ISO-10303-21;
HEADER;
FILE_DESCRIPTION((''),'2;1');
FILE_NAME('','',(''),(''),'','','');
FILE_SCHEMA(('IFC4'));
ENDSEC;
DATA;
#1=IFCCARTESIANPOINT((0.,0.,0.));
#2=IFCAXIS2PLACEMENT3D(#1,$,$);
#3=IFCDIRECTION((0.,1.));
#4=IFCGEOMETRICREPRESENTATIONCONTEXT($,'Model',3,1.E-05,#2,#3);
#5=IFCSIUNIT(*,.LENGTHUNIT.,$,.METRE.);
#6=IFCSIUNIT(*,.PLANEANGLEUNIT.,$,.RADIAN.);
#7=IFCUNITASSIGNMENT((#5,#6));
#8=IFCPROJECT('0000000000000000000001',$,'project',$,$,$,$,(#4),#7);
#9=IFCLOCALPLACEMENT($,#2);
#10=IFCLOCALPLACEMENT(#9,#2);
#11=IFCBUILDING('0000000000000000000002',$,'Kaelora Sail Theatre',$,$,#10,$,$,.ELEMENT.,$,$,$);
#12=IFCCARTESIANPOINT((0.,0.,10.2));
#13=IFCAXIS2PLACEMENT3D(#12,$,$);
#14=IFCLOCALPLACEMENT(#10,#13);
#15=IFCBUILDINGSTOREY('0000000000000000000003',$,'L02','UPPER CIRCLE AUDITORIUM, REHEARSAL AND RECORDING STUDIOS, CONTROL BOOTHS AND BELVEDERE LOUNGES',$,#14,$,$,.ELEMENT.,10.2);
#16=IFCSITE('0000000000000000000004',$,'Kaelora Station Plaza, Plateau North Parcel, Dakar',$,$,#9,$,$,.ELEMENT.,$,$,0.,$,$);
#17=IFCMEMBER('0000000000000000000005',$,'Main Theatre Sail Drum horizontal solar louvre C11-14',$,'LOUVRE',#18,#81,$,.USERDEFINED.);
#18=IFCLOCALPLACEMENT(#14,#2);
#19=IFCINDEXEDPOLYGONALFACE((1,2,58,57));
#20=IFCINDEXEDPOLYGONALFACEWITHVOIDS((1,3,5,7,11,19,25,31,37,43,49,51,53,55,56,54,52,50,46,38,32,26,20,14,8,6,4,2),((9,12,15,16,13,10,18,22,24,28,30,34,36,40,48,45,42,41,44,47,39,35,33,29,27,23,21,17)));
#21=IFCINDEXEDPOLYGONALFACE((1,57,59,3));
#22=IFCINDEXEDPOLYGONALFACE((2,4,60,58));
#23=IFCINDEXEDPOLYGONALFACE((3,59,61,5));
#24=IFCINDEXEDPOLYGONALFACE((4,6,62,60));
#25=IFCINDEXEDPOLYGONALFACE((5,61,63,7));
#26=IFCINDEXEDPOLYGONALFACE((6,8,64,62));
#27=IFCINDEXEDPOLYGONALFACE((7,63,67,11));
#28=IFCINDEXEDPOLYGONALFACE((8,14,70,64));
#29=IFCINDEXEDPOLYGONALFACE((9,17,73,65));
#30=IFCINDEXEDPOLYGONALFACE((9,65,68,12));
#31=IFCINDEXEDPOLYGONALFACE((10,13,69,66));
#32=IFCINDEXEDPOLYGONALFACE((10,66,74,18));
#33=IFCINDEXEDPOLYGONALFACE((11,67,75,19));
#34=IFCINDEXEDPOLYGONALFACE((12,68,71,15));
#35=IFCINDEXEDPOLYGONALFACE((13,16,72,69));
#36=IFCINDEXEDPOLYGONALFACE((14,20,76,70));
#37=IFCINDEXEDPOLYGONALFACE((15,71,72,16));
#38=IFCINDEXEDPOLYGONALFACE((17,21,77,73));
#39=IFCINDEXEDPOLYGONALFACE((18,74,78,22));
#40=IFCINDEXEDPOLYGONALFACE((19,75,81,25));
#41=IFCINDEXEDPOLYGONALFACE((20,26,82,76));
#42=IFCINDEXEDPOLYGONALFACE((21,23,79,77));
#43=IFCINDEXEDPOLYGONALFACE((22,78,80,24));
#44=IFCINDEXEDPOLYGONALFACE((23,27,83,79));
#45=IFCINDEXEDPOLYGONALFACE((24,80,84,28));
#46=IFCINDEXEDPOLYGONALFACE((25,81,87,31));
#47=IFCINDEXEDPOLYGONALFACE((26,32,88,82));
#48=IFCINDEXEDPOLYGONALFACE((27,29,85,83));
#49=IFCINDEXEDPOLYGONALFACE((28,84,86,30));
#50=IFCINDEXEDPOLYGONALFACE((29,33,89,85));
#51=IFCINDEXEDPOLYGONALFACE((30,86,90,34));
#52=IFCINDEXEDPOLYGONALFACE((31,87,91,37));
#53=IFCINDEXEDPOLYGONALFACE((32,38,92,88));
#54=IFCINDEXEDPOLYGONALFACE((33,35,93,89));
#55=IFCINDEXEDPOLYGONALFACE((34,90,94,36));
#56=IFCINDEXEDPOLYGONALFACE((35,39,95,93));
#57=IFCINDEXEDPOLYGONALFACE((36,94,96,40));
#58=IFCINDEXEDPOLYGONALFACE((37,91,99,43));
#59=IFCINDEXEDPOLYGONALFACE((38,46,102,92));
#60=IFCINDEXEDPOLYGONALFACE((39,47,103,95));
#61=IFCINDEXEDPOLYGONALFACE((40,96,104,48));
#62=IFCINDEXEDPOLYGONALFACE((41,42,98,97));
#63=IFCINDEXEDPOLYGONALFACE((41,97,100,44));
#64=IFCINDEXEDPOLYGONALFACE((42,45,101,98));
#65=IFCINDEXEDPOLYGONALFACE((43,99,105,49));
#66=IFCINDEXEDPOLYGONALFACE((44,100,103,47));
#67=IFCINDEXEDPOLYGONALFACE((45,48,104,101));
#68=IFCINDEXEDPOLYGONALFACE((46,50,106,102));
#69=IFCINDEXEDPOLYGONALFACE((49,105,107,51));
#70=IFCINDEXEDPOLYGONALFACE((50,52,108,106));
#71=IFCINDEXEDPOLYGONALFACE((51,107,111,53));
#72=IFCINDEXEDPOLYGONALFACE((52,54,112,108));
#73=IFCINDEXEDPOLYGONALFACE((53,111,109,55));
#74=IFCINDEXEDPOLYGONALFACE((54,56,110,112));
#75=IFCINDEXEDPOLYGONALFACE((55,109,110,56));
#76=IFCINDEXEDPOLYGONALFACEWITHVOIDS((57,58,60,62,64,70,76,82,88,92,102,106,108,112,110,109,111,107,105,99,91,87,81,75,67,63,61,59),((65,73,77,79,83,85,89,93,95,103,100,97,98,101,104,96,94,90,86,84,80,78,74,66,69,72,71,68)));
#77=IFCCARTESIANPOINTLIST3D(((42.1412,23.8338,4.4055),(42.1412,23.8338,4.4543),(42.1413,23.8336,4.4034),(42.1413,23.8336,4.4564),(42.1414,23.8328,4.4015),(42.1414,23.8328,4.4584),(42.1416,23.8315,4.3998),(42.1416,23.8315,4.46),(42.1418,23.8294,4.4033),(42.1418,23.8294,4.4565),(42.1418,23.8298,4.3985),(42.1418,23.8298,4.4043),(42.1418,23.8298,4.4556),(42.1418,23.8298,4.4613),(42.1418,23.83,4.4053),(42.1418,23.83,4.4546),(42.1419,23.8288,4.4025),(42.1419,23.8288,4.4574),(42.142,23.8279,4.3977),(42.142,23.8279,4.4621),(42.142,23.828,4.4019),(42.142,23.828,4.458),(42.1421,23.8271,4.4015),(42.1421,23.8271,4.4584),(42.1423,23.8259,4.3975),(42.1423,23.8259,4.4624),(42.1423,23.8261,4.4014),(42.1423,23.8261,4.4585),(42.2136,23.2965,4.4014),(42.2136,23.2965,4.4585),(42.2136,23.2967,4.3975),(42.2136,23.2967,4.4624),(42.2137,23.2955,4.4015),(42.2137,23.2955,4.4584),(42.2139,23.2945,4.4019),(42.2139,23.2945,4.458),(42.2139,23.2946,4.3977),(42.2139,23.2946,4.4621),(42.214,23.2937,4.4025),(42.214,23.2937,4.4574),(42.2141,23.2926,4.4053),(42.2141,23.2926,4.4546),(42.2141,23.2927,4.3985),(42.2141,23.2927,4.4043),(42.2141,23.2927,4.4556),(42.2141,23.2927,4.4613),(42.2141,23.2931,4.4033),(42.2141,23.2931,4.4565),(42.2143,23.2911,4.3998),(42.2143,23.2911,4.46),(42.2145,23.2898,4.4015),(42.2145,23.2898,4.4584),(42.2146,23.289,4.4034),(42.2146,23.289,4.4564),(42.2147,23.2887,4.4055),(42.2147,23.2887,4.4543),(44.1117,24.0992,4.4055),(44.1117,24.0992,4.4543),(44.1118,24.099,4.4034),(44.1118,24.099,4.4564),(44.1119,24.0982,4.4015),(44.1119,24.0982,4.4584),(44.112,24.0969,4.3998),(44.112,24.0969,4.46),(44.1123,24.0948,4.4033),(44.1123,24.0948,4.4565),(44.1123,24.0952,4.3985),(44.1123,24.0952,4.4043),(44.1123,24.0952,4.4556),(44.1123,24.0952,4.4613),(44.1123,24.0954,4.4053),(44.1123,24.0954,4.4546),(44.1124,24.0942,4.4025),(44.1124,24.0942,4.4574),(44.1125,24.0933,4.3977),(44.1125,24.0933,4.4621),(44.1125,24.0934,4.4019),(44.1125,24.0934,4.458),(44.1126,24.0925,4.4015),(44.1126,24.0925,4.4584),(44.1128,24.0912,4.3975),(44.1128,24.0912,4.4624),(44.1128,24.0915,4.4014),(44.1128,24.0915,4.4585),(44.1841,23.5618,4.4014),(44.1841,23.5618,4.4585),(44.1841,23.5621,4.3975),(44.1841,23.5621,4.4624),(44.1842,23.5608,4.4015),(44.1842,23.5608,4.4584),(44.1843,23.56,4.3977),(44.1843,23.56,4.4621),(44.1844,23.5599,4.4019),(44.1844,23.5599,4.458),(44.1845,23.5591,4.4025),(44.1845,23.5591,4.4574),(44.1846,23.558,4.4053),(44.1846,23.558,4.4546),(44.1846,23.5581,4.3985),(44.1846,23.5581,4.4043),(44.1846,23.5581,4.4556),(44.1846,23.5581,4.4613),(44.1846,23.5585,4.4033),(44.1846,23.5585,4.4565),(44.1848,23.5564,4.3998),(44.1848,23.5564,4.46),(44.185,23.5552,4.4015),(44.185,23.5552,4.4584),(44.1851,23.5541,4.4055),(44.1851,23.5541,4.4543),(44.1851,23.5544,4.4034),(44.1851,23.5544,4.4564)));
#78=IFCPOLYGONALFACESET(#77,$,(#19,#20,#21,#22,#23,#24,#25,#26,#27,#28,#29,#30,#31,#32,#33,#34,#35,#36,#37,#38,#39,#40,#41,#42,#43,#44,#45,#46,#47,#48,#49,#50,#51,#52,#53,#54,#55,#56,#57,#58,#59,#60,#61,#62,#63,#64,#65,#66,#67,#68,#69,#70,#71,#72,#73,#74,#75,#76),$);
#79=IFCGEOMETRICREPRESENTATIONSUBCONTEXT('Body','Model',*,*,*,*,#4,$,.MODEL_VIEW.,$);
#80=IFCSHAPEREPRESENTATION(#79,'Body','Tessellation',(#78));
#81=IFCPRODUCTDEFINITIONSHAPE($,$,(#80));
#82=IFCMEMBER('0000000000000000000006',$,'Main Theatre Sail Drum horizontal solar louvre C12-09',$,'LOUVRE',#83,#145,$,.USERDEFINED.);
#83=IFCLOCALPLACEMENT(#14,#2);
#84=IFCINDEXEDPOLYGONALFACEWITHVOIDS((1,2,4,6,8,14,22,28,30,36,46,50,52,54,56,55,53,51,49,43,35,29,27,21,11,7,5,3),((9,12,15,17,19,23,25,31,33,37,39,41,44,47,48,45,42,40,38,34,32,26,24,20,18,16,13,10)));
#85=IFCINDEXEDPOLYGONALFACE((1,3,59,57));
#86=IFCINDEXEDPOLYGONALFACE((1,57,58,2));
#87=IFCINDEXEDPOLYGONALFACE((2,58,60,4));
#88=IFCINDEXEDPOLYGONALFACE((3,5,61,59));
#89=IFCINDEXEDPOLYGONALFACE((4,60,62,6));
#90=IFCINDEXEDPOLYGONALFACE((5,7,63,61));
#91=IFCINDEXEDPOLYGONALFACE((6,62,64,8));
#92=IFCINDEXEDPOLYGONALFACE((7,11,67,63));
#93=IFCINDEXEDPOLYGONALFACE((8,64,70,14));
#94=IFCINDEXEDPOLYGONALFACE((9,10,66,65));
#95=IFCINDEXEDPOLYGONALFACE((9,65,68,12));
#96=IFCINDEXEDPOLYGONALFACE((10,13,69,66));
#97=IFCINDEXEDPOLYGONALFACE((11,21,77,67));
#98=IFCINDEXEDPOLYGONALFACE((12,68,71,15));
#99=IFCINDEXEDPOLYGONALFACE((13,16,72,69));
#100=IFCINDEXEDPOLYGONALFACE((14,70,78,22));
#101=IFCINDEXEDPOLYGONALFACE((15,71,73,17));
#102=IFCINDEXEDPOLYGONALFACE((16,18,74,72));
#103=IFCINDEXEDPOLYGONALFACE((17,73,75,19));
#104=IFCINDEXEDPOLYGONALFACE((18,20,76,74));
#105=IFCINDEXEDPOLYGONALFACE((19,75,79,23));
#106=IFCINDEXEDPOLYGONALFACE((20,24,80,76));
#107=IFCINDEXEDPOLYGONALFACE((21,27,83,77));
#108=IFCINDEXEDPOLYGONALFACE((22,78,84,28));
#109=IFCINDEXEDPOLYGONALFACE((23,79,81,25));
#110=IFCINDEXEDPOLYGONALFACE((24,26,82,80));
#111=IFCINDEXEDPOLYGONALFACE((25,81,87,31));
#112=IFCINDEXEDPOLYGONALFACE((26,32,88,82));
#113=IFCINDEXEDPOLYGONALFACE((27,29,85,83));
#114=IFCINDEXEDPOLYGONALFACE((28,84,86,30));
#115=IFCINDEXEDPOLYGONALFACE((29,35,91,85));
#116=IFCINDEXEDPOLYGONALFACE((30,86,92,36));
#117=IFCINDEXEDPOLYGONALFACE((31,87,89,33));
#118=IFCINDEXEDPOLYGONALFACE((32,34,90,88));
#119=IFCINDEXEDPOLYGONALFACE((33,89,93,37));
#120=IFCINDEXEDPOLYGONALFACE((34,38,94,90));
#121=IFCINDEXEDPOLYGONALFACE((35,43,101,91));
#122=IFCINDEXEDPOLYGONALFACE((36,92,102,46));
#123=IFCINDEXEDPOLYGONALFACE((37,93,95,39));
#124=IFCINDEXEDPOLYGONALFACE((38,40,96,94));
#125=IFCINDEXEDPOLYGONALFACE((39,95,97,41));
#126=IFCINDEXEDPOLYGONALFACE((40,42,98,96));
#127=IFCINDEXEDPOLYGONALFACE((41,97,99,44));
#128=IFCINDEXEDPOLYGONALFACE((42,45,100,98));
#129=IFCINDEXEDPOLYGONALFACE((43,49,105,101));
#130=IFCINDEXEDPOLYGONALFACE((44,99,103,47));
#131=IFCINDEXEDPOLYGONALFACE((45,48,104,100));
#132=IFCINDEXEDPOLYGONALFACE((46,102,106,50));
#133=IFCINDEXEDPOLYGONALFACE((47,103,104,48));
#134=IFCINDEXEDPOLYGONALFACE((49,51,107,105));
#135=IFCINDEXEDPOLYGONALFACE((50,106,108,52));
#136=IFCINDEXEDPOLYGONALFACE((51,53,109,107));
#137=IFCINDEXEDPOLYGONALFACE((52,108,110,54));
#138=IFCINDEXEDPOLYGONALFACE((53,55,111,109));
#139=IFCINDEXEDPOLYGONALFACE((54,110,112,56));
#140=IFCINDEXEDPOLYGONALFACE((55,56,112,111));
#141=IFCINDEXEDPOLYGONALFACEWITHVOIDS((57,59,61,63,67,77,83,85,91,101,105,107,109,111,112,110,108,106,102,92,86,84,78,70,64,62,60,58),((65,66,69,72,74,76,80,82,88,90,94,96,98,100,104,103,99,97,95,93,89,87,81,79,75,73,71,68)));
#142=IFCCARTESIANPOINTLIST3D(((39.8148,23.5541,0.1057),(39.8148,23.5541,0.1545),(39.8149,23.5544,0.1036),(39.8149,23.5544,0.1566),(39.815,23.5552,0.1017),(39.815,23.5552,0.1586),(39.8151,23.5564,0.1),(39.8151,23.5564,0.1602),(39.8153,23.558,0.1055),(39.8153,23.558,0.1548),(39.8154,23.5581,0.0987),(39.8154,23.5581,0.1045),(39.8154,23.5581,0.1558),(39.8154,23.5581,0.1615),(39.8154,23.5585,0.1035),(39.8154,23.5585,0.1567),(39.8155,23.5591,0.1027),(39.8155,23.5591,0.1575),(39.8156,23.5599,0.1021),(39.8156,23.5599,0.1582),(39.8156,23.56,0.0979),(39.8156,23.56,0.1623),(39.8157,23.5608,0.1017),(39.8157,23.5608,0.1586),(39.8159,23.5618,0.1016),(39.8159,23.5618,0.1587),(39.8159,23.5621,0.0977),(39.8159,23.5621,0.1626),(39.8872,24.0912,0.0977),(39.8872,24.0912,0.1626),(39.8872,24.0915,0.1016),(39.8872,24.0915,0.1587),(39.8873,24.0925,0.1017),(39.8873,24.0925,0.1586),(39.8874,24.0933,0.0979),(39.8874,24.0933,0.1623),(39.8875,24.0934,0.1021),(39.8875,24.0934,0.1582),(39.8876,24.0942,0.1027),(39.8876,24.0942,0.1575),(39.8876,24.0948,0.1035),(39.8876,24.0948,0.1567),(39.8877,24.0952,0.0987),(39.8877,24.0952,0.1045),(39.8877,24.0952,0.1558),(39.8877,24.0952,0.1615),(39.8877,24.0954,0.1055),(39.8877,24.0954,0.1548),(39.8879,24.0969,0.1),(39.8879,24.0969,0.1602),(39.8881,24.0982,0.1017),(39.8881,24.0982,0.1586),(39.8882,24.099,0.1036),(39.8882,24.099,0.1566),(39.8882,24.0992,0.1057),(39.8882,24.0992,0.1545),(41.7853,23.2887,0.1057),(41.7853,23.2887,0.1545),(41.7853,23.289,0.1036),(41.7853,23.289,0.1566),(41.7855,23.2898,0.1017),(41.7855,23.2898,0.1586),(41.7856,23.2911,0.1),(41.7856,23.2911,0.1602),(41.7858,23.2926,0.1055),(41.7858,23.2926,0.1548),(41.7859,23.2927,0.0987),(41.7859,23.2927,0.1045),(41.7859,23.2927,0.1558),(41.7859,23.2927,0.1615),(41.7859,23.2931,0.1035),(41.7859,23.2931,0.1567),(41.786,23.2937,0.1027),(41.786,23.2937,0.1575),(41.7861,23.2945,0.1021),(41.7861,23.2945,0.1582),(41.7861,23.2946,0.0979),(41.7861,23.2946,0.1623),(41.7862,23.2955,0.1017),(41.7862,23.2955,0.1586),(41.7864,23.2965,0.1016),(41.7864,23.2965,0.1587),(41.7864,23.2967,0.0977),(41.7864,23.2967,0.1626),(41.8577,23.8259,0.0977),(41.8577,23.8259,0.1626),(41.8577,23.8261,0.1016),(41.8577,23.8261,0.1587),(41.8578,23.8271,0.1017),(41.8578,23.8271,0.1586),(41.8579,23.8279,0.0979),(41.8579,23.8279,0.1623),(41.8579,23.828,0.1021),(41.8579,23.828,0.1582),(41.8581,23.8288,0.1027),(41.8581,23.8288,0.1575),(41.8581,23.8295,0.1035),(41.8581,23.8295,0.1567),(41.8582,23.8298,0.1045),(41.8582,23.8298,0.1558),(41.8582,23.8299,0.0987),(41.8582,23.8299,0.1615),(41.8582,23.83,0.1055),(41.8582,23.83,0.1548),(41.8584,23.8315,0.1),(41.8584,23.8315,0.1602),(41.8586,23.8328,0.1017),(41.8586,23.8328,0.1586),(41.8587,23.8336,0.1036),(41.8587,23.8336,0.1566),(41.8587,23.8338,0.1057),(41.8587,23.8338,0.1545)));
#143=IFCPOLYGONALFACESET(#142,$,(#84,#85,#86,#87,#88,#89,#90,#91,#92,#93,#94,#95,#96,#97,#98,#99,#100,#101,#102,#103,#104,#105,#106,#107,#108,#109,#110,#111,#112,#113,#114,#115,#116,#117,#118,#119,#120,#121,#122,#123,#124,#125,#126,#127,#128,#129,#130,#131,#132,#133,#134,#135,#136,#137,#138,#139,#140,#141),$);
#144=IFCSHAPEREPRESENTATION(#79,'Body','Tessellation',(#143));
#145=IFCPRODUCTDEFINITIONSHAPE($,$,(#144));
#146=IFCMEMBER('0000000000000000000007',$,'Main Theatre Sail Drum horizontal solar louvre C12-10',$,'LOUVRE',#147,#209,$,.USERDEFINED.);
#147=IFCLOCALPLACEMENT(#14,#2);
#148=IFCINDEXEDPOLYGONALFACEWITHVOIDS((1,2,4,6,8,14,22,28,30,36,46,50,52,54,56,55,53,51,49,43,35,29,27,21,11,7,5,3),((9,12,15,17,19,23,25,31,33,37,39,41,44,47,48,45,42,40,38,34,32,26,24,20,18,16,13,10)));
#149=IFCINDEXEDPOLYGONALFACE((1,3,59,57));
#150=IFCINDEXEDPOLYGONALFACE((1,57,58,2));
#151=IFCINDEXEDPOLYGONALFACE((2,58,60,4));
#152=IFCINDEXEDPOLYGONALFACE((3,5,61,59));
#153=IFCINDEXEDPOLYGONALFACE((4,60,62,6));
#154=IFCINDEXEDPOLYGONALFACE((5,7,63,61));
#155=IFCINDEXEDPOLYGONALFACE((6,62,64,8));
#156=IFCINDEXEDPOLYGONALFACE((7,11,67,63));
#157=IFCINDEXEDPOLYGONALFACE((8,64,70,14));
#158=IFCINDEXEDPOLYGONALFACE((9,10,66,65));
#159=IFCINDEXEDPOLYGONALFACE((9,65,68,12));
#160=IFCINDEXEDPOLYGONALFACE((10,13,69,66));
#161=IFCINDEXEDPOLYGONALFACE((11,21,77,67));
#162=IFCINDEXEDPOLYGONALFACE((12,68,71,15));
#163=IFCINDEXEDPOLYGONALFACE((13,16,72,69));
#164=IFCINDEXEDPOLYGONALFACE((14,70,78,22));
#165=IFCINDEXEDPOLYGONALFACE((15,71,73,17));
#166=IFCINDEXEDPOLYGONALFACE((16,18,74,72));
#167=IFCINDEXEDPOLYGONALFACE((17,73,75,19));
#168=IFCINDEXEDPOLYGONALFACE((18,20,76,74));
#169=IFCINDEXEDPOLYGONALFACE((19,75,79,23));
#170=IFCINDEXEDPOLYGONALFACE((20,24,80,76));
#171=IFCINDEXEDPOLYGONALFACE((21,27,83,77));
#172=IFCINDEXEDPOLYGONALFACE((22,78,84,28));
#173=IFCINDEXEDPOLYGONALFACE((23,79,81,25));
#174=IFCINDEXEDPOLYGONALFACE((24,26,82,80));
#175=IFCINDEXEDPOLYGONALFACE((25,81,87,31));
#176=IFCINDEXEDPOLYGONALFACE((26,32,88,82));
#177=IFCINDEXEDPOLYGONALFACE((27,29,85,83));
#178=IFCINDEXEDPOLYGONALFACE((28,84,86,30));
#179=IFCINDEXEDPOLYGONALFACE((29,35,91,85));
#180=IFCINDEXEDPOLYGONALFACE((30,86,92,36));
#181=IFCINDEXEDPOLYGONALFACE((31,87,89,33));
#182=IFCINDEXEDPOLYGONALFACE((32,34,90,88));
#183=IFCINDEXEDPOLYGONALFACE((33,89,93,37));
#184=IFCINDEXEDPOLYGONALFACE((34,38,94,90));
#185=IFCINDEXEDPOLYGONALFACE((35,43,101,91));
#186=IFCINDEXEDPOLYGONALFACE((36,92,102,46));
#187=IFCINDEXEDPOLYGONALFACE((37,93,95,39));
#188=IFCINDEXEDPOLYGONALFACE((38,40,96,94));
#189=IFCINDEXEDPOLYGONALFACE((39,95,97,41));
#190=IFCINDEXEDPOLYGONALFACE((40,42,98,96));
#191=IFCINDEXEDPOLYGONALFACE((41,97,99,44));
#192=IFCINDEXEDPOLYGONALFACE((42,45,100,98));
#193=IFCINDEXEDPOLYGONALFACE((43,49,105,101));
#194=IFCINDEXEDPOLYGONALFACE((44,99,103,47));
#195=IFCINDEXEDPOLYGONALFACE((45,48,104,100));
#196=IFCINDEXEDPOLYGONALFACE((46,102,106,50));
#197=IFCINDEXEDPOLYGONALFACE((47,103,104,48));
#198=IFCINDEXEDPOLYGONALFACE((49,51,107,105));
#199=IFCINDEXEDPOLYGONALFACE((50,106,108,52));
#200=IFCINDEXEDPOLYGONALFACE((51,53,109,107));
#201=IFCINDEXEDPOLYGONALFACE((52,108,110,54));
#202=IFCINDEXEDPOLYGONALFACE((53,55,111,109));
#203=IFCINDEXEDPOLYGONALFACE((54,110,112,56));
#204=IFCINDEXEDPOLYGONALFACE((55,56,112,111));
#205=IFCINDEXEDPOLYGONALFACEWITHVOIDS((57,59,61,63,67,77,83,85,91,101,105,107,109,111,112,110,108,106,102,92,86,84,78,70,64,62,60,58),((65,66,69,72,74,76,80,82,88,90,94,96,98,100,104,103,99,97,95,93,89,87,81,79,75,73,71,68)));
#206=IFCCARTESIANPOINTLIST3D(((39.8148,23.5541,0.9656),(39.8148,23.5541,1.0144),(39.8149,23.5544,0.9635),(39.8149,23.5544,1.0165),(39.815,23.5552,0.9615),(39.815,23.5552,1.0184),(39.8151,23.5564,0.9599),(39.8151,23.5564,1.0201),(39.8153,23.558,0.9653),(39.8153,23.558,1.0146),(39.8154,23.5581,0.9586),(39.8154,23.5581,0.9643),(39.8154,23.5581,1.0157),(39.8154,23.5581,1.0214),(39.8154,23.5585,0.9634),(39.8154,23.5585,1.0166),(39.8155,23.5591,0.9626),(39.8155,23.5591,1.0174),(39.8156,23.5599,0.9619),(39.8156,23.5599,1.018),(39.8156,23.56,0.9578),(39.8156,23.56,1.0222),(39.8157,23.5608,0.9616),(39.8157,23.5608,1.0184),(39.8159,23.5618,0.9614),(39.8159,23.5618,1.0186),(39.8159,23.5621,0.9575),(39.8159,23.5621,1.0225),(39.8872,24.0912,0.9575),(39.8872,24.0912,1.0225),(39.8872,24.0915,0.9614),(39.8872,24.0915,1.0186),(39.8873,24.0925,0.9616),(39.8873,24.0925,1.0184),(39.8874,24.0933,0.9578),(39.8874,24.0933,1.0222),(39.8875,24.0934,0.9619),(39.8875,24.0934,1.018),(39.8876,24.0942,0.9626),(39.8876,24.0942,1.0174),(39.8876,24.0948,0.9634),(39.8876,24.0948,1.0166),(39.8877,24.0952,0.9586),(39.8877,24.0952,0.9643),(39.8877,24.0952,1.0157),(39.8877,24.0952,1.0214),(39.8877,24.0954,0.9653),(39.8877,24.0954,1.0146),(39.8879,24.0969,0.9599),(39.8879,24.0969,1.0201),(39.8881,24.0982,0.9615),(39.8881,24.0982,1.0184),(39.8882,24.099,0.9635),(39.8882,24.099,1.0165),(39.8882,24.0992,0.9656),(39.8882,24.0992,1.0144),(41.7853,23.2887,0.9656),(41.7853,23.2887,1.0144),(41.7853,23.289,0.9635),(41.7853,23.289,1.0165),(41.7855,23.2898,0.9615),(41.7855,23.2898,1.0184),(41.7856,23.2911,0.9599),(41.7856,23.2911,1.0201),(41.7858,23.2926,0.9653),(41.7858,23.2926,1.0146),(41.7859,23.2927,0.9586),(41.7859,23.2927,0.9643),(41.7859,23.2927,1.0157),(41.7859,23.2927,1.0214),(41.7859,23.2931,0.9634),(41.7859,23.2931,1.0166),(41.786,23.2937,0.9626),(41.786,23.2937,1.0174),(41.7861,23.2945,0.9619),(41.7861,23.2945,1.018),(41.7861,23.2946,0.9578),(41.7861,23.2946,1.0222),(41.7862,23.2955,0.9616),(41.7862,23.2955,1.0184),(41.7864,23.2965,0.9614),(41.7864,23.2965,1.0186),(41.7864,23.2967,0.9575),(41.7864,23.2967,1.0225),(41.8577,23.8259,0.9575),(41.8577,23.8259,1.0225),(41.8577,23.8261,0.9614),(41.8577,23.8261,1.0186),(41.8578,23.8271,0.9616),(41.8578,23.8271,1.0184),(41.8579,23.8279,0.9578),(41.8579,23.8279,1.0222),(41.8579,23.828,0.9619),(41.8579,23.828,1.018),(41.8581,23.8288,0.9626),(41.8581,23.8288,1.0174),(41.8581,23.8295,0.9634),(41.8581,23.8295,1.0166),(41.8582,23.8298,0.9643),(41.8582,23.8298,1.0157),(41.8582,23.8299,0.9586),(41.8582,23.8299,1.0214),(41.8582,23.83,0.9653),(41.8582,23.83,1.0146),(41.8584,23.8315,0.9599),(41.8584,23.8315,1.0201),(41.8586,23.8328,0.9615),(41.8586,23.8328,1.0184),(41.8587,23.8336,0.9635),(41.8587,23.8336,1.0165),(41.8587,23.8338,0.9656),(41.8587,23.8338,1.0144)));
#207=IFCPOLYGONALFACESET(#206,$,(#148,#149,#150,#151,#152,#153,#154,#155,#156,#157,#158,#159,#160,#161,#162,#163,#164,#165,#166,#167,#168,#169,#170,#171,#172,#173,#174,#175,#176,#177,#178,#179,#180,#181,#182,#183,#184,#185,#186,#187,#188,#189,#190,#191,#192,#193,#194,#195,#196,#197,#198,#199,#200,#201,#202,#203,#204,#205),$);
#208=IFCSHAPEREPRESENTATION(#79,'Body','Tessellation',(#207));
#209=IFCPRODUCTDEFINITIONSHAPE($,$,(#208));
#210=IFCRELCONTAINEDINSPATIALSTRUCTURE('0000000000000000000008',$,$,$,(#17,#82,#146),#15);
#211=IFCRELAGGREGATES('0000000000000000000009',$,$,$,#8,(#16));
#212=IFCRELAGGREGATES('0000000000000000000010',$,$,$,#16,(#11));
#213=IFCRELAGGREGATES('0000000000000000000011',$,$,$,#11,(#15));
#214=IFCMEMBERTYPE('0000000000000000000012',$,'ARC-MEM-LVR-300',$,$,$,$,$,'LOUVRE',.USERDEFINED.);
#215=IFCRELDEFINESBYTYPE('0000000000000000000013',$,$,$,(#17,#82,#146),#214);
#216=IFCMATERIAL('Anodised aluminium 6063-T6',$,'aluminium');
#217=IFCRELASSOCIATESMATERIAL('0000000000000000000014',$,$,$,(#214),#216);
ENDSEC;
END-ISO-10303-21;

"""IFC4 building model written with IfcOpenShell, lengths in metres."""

from ifc_helpers import new_model, si_unit, direction, frame, origin, origin_2d, place, context, subcontext, project, spatial, hollow_rectangle, extrude, material, material_profile, profile_set, type_object, element, save


model = new_model("IFC4")

# Units and contexts
model_context = context("Model", 3, precision=1e-05, world=origin(), true_north=direction((0.0, 1.0)))
body_context = subcontext(model_context, "Body", "Model", "MODEL_VIEW")
ifc_project = project(units=[si_unit("LENGTHUNIT", "METRE"), si_unit("PLANEANGLEUNIT", "RADIAN")], contexts=[model_context])

# Site, building, storey
site_placement = place(None, origin())
site = spatial("IfcSite", under=ifc_project, at=site_placement, Name="Kaelora Station Plaza, Plateau North Parcel, Dakar", CompositionType="ELEMENT", RefElevation=0.0)
building_placement = place(site_placement, origin())
building = spatial("IfcBuilding", under=site, at=building_placement, Name="Kaelora Sail Theatre", CompositionType="ELEMENT")
storey_placement = place(building_placement, frame((0.0, 0.0, 10.2)))
storey = spatial("IfcBuildingStorey", under=building, at=storey_placement, Name="L02", Description="UPPER CIRCLE AUDITORIUM, REHEARSAL AND RECORDING STUDIOS, CONTROL BOOTHS AND BELVEDERE LOUNGES", CompositionType="ELEMENT", Elevation=10.2)

# Members
ifc_material_1 = material(Name="Anodised aluminium 6063-T6", Category="aluminium")
ifc_material_profile_1 = material_profile(ifc_material_1, hollow_rectangle(XDim=0.55, YDim=0.0649, WallThickness=0.0039, InnerFilletRadius=0.0039, OuterFilletRadius=0.0081, at=origin_2d()), Name="LOUVRE 550x65x4")
ifc_profile_set_1 = profile_set([ifc_material_profile_1], Name="Anodised aluminium 6063-T6")
member_type = type_object("IfcMemberType", Name="ARC-MEM-LVR-300", ElementType="LOUVRE", PredefinedType="USERDEFINED", material=ifc_profile_set_1)
for number, where, z_axis, x_axis, name in (
    (1, (44.1484, 23.8267, 4.4299), (-0.991052, -0.133475, 0.0), (0.133475, -0.991052, 0.0), "Main Theatre Sail Drum horizontal solar louvre C11-14"),
    (2, (41.822, 23.5613, 0.1301), (-0.991052, 0.133475, 0.0), (-0.133475, -0.991052, 0.0), "Main Theatre Sail Drum horizontal solar louvre C12-09"),
    (3, (41.822, 23.5613, 0.99), (-0.991052, 0.133475, 0.0), (-0.133475, -0.991052, 0.0), "Main Theatre Sail Drum horizontal solar louvre C12-10"),
):
    element("IfcMember", number, at=place(storey_placement, frame(where, z_axis=z_axis, x_axis=x_axis)), inside=storey, type_object=member_type, Name=name, ObjectType="LOUVRE", PredefinedType="USERDEFINED", context=body_context, shape_type="SweptSolid", body=[
        extrude(hollow_rectangle(XDim=0.55, YDim=0.0649, WallThickness=0.0039, InnerFilletRadius=0.0039, OuterFilletRadius=0.0081, at=origin_2d()), origin(), (0.0, 0.0, 1.0), 1.9883),
    ])

save(model, "model.ifc")
